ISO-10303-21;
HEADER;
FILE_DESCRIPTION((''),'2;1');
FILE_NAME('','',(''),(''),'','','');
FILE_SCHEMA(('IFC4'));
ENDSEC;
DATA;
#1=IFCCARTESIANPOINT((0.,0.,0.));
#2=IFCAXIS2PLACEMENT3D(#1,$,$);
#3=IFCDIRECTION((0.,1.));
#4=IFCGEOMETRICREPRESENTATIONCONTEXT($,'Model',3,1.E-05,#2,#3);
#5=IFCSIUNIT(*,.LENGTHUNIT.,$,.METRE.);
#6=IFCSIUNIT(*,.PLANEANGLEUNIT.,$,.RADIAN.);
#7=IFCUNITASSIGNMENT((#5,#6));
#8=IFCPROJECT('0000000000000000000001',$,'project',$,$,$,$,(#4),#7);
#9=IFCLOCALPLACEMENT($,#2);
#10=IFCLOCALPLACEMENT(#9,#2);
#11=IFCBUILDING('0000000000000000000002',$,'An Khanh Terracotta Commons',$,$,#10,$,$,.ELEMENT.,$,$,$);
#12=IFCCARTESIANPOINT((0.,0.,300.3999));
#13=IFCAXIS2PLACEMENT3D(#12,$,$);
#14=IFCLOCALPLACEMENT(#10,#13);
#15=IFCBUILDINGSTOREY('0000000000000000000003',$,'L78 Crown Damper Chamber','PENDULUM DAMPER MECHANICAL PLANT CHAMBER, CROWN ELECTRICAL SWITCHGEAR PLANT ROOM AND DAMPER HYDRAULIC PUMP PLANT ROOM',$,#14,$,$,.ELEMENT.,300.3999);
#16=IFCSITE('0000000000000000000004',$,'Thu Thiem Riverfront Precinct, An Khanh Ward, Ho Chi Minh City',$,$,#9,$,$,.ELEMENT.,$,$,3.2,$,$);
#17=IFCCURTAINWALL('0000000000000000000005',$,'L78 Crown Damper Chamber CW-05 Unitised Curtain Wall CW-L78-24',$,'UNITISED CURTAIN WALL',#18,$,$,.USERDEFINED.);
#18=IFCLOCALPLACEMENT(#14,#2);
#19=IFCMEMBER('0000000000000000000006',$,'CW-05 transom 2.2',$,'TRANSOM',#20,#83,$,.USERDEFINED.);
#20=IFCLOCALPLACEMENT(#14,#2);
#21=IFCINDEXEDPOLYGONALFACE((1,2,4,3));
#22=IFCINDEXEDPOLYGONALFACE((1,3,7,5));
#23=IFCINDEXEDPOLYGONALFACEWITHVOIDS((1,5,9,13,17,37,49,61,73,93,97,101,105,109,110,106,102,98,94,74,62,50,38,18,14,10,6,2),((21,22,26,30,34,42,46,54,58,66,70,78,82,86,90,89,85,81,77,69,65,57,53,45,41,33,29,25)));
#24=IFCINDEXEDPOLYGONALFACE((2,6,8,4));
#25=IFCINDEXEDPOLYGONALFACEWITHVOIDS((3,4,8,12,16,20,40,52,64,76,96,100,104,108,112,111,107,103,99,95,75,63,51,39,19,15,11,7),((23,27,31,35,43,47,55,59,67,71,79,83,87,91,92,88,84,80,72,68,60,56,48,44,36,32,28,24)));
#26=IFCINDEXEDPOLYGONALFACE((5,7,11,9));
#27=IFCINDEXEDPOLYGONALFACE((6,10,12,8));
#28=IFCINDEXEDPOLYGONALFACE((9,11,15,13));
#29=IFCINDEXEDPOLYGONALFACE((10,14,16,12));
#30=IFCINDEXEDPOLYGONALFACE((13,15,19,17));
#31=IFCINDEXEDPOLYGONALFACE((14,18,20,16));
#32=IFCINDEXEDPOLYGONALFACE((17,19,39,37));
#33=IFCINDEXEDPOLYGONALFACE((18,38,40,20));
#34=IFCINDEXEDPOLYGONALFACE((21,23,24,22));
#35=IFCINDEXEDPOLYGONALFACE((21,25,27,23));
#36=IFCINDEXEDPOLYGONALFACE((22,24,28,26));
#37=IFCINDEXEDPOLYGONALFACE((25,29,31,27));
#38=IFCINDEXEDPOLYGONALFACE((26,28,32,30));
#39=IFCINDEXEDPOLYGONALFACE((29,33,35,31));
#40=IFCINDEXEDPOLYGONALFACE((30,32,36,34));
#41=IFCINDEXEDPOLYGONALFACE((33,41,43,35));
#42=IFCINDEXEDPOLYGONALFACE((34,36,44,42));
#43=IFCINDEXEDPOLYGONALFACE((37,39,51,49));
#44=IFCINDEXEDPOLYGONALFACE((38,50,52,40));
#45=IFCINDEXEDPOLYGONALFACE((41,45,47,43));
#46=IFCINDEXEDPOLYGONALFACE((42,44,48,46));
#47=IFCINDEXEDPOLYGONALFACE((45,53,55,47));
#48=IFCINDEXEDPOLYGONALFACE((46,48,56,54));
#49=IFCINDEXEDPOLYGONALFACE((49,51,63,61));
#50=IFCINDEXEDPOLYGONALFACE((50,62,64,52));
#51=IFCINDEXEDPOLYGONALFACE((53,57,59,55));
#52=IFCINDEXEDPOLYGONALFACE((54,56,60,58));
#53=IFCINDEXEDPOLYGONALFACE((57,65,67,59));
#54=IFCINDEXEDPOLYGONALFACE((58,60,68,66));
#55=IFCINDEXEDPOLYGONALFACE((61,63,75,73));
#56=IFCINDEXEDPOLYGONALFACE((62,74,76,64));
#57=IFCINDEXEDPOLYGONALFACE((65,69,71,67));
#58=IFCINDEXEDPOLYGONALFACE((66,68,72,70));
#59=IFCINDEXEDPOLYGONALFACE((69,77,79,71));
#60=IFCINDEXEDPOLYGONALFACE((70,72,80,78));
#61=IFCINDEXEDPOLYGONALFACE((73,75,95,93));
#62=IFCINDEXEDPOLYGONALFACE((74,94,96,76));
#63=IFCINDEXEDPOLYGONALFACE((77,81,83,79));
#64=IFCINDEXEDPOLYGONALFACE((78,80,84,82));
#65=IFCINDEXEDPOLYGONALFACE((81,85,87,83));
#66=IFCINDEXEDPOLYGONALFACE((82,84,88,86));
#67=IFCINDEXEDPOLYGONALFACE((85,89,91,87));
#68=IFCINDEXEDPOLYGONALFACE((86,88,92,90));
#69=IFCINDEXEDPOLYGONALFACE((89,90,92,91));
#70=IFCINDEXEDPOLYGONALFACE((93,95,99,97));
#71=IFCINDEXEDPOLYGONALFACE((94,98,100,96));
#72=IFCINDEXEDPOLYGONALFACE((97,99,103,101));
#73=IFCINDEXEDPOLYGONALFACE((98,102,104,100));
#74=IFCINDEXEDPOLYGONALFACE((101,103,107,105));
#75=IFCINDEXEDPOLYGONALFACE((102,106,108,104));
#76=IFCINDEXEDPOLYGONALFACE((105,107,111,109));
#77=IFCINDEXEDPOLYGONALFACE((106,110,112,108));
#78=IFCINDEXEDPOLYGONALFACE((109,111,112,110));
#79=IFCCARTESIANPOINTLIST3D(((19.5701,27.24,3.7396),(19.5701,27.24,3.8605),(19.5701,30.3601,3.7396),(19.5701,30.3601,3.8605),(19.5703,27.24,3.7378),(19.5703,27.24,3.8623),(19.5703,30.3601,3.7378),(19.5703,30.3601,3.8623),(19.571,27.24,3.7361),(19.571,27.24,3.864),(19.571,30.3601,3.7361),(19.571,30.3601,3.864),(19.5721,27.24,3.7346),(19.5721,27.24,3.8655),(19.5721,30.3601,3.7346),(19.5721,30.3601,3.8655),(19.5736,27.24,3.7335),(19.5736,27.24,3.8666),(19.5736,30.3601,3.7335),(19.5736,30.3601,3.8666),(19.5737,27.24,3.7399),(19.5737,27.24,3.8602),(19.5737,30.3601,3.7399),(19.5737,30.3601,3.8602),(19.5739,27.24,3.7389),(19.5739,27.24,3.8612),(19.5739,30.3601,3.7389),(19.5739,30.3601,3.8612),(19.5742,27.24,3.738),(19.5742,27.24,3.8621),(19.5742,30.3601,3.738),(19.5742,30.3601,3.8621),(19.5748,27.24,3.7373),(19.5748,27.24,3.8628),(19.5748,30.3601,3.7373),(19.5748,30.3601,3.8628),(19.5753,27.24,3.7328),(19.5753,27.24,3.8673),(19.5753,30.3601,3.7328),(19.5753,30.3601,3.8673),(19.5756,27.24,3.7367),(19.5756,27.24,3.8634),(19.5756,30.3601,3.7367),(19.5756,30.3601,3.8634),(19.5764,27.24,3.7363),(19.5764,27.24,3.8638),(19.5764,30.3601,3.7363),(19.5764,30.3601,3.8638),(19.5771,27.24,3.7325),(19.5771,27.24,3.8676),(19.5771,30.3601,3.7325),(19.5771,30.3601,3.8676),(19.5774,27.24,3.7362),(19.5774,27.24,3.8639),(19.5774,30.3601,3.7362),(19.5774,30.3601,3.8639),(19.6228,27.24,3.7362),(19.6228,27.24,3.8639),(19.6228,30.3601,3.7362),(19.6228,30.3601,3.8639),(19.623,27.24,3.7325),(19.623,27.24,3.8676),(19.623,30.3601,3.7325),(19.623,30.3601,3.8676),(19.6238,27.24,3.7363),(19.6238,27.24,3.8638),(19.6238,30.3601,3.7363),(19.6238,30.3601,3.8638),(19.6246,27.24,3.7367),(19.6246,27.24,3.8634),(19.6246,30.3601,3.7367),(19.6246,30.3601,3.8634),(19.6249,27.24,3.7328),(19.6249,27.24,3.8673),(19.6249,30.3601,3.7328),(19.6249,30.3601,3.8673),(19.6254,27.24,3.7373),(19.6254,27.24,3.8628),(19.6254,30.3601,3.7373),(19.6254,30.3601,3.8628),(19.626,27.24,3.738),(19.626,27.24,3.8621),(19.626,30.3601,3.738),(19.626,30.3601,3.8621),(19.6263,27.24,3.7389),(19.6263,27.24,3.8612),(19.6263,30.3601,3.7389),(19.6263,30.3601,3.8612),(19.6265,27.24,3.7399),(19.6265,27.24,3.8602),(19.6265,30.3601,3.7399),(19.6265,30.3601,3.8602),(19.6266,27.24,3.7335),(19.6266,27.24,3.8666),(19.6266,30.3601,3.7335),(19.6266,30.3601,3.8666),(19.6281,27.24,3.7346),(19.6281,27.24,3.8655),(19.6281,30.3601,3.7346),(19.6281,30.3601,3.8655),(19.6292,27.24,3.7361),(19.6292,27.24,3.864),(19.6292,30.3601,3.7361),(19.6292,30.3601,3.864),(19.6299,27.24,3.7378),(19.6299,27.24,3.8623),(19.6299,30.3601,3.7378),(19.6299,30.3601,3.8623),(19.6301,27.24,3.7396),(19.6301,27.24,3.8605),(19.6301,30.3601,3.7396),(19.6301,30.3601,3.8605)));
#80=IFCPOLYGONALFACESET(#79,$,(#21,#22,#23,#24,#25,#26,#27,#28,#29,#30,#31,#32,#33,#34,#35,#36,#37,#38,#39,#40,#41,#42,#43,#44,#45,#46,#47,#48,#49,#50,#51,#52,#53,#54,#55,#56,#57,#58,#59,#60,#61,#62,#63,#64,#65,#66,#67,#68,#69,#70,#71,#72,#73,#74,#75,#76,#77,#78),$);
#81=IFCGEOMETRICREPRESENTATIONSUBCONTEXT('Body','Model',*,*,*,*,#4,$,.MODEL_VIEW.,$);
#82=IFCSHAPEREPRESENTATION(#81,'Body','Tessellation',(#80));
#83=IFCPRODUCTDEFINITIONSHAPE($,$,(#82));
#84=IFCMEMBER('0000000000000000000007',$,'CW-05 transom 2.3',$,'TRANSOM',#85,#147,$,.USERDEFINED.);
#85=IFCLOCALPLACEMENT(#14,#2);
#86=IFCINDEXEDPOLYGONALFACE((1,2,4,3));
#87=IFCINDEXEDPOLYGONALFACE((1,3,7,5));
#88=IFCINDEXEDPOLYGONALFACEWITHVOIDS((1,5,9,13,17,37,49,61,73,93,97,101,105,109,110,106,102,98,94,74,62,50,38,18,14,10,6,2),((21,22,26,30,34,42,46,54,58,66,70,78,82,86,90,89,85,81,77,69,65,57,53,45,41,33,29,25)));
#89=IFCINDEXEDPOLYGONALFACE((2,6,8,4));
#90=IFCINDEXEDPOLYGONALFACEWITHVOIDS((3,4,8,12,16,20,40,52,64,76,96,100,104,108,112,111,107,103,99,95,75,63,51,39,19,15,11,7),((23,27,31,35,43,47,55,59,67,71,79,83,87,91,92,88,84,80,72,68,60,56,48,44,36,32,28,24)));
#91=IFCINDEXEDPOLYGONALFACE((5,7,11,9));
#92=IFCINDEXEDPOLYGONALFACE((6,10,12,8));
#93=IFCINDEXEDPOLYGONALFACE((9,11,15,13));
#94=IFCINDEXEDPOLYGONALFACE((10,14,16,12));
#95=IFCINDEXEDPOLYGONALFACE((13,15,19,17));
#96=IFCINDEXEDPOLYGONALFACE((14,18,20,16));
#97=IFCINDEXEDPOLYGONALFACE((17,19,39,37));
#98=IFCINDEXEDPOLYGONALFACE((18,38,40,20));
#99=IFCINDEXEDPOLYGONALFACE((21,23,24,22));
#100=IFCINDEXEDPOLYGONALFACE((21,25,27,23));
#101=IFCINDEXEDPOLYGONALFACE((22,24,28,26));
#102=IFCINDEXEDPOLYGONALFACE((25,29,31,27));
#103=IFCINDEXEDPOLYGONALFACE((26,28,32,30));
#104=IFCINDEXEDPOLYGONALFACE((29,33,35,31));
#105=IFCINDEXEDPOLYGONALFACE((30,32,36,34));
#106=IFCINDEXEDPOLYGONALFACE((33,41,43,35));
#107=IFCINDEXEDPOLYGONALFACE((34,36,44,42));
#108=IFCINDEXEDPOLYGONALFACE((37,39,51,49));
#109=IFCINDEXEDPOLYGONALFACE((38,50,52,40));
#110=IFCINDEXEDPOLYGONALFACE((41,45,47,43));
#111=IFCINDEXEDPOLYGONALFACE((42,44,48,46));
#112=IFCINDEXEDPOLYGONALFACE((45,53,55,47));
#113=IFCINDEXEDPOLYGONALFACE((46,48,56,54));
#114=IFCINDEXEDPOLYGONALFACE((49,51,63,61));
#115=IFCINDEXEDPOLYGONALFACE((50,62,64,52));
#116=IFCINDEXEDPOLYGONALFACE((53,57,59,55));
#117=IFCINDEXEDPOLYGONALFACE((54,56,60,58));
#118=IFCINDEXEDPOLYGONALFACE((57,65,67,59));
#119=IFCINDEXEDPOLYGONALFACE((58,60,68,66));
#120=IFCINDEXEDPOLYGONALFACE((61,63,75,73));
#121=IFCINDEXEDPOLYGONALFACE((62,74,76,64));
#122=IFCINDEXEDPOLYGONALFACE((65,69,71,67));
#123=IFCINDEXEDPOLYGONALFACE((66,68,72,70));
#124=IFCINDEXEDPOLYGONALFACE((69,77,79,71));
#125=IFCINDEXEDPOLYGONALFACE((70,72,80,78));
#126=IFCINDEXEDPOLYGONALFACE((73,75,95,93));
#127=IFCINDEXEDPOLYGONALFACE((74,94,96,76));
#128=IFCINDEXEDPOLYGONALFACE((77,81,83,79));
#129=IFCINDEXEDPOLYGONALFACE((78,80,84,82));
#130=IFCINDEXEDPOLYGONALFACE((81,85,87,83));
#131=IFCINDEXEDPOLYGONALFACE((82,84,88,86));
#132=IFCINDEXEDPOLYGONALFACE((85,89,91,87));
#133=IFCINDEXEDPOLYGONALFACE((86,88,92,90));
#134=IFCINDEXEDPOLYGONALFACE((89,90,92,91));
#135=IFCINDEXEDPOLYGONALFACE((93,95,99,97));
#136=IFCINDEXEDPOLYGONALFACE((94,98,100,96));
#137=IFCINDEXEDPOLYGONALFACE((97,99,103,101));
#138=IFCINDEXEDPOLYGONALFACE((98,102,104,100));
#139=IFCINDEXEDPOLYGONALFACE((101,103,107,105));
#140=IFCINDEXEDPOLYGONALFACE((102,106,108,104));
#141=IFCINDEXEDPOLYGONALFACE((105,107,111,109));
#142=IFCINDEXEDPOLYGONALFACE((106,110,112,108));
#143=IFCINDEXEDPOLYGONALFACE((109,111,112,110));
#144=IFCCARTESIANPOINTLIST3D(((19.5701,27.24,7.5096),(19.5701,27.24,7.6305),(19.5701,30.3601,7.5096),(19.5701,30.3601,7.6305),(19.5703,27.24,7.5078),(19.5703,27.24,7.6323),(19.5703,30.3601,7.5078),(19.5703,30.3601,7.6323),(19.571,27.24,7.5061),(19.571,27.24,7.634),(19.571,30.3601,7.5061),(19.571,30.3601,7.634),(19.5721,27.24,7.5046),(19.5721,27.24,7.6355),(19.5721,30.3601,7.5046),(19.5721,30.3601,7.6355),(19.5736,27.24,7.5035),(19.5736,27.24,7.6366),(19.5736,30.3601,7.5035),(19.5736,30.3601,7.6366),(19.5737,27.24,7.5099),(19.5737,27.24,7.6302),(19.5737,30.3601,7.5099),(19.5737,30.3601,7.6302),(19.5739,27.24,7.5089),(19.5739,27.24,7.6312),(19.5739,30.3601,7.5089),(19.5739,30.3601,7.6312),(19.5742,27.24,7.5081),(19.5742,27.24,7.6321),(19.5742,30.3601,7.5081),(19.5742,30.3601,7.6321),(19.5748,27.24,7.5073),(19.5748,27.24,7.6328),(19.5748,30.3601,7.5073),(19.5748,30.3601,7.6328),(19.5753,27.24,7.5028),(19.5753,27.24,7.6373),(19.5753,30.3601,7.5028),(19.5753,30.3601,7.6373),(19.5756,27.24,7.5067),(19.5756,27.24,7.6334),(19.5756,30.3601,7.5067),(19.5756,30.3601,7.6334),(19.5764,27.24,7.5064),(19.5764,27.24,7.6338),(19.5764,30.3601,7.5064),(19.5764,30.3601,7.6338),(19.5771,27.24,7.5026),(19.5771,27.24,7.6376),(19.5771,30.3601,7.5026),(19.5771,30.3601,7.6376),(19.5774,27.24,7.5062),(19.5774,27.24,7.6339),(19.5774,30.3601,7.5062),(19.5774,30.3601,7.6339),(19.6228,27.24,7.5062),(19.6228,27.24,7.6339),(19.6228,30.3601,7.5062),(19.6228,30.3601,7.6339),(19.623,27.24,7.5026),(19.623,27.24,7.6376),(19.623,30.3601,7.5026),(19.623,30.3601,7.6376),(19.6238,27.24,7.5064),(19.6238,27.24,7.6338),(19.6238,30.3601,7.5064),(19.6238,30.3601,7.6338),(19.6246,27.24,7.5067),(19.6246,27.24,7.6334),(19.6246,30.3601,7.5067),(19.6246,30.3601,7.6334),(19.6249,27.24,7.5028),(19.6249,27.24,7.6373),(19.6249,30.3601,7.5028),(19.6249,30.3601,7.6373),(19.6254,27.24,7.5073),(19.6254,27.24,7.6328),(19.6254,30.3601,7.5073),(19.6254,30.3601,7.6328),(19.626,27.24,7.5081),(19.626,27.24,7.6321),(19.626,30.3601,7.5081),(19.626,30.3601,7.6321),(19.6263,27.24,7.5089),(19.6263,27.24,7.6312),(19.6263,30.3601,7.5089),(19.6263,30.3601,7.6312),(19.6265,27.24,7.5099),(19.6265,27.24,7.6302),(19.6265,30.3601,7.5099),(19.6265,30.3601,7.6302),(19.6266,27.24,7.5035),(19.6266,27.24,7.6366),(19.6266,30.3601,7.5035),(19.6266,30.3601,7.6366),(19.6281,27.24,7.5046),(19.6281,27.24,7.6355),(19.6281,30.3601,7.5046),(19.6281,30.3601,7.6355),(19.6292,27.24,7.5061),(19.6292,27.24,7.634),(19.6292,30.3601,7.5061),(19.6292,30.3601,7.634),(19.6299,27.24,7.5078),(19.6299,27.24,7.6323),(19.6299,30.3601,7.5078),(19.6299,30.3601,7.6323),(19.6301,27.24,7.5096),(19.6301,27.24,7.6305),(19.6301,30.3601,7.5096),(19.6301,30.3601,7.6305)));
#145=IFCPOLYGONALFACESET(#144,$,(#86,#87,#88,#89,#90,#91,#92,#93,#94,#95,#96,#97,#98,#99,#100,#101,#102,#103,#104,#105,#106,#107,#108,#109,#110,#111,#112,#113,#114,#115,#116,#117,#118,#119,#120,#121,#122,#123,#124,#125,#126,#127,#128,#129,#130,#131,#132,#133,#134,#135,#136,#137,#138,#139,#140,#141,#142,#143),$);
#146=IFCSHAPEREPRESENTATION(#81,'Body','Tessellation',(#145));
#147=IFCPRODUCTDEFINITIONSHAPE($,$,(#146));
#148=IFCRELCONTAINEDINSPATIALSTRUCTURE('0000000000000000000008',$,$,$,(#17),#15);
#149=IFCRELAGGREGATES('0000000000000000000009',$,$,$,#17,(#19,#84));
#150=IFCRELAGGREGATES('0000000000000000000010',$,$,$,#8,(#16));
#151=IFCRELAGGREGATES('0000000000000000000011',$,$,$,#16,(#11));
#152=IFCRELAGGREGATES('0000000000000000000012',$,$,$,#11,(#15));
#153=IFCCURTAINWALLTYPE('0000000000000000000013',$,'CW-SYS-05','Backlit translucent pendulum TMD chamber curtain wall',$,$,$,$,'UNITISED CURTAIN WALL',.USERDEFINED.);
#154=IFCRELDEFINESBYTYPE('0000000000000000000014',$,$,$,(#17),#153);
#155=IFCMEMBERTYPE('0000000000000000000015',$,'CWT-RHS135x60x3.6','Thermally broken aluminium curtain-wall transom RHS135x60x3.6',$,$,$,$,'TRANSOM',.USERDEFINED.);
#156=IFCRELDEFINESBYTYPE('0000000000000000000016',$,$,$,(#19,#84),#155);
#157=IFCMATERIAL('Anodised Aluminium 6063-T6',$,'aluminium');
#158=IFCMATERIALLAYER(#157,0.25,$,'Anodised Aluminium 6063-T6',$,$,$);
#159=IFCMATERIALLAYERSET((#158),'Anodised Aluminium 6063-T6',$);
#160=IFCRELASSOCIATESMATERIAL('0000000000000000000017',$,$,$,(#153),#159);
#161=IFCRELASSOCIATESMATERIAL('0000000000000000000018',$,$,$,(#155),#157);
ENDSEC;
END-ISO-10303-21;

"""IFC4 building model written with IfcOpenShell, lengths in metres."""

from ifc_helpers import new_model, si_unit, direction, frame, origin, origin_2d, place, context, subcontext, project, spatial, hollow_rectangle, extrude, material, layer, layer_set, material_profile, profile_set, type_object, element, aggregate, save


model = new_model("IFC4")

# Units and contexts
model_context = context("Model", 3, precision=1e-05, world=origin(), true_north=direction((0.0, 1.0)))
body_context = subcontext(model_context, "Body", "Model", "MODEL_VIEW")
ifc_project = project(units=[si_unit("LENGTHUNIT", "METRE"), si_unit("PLANEANGLEUNIT", "RADIAN")], contexts=[model_context])

# Site, building, storey
site_placement = place(None, origin())
site = spatial("IfcSite", under=ifc_project, at=site_placement, Name="Thu Thiem Riverfront Precinct, An Khanh Ward, Ho Chi Minh City", CompositionType="ELEMENT", RefElevation=3.2)
building_placement = place(site_placement, origin())
building = spatial("IfcBuilding", under=site, at=building_placement, Name="An Khanh Terracotta Commons", CompositionType="ELEMENT")
storey_placement = place(building_placement, frame((0.0, 0.0, 300.3999)))
storey = spatial("IfcBuildingStorey", under=building, at=storey_placement, Name="L78 Crown Damper Chamber", Description="PENDULUM DAMPER MECHANICAL PLANT CHAMBER, CROWN ELECTRICAL SWITCHGEAR PLANT ROOM AND DAMPER HYDRAULIC PUMP PLANT ROOM", CompositionType="ELEMENT", Elevation=300.3999)

# Curtain wall, members
ifc_material_1 = material(Name="Anodised Aluminium 6063-T6", Category="aluminium")
ifc_layer_1 = layer(ifc_material_1, 0.25, Name="Anodised Aluminium 6063-T6")
ifc_layer_set_1 = layer_set([ifc_layer_1], Name="Anodised Aluminium 6063-T6")
curtain_wall_type = type_object("IfcCurtainWallType", Name="CW-SYS-05", Description="Backlit translucent pendulum TMD chamber curtain wall", ElementType="UNITISED CURTAIN WALL", PredefinedType="USERDEFINED", material=ifc_layer_set_1)
curtain_wall_placement = place(storey_placement, origin())
curtain_wall = element("IfcCurtainWall", 1, at=curtain_wall_placement, inside=storey, type_object=curtain_wall_type, Name="L78 Crown Damper Chamber CW-05 Unitised Curtain Wall CW-L78-24", ObjectType="UNITISED CURTAIN WALL", PredefinedType="USERDEFINED")
ifc_material_profile_1 = material_profile(ifc_material_1, hollow_rectangle(XDim=0.0601, YDim=0.135, WallThickness=0.0037, InnerFilletRadius=0.0037, OuterFilletRadius=0.0071, at=origin_2d()), Name="RHS135x60x3.6")
ifc_profile_set_1 = profile_set([ifc_material_profile_1], Name="Anodised Aluminium 6063-T6")
member_type_1 = type_object("IfcMemberType", Name="CWT-RHS135x60x3.6", Description="Thermally broken aluminium curtain-wall transom RHS135x60x3.6", ElementType="TRANSOM", PredefinedType="USERDEFINED", material=ifc_profile_set_1)
member_1_placement = place(storey_placement, frame((19.6001, 30.3601, 3.8), z_axis=(0.0, -1.0, 0.0), x_axis=(1.0, 0.0, 0.0)))
member_1 = element("IfcMember", 2, at=member_1_placement, type_object=member_type_1, Name="CW-05 transom 2.2", ObjectType="TRANSOM", PredefinedType="USERDEFINED", context=body_context, shape_type="SweptSolid", body=[
    extrude(hollow_rectangle(XDim=0.0601, YDim=0.135, WallThickness=0.0037, InnerFilletRadius=0.0037, OuterFilletRadius=0.0071, at=origin_2d()), origin(), (0.0, 0.0, 1.0), 3.1201),
])
member_2_placement = place(storey_placement, frame((19.6001, 30.3601, 7.5701), z_axis=(0.0, -1.0, 0.0), x_axis=(1.0, 0.0, 0.0)))
member_2 = element("IfcMember", 3, at=member_2_placement, type_object=member_type_1, Name="CW-05 transom 2.3", ObjectType="TRANSOM", PredefinedType="USERDEFINED", context=body_context, shape_type="SweptSolid", body=[
    extrude(hollow_rectangle(XDim=0.0601, YDim=0.135, WallThickness=0.0037, InnerFilletRadius=0.0037, OuterFilletRadius=0.0071, at=origin_2d()), origin(), (0.0, 0.0, 1.0), 3.1201),
])
aggregate(curtain_wall, [member_1, member_2])

save(model, "model.ifc")
